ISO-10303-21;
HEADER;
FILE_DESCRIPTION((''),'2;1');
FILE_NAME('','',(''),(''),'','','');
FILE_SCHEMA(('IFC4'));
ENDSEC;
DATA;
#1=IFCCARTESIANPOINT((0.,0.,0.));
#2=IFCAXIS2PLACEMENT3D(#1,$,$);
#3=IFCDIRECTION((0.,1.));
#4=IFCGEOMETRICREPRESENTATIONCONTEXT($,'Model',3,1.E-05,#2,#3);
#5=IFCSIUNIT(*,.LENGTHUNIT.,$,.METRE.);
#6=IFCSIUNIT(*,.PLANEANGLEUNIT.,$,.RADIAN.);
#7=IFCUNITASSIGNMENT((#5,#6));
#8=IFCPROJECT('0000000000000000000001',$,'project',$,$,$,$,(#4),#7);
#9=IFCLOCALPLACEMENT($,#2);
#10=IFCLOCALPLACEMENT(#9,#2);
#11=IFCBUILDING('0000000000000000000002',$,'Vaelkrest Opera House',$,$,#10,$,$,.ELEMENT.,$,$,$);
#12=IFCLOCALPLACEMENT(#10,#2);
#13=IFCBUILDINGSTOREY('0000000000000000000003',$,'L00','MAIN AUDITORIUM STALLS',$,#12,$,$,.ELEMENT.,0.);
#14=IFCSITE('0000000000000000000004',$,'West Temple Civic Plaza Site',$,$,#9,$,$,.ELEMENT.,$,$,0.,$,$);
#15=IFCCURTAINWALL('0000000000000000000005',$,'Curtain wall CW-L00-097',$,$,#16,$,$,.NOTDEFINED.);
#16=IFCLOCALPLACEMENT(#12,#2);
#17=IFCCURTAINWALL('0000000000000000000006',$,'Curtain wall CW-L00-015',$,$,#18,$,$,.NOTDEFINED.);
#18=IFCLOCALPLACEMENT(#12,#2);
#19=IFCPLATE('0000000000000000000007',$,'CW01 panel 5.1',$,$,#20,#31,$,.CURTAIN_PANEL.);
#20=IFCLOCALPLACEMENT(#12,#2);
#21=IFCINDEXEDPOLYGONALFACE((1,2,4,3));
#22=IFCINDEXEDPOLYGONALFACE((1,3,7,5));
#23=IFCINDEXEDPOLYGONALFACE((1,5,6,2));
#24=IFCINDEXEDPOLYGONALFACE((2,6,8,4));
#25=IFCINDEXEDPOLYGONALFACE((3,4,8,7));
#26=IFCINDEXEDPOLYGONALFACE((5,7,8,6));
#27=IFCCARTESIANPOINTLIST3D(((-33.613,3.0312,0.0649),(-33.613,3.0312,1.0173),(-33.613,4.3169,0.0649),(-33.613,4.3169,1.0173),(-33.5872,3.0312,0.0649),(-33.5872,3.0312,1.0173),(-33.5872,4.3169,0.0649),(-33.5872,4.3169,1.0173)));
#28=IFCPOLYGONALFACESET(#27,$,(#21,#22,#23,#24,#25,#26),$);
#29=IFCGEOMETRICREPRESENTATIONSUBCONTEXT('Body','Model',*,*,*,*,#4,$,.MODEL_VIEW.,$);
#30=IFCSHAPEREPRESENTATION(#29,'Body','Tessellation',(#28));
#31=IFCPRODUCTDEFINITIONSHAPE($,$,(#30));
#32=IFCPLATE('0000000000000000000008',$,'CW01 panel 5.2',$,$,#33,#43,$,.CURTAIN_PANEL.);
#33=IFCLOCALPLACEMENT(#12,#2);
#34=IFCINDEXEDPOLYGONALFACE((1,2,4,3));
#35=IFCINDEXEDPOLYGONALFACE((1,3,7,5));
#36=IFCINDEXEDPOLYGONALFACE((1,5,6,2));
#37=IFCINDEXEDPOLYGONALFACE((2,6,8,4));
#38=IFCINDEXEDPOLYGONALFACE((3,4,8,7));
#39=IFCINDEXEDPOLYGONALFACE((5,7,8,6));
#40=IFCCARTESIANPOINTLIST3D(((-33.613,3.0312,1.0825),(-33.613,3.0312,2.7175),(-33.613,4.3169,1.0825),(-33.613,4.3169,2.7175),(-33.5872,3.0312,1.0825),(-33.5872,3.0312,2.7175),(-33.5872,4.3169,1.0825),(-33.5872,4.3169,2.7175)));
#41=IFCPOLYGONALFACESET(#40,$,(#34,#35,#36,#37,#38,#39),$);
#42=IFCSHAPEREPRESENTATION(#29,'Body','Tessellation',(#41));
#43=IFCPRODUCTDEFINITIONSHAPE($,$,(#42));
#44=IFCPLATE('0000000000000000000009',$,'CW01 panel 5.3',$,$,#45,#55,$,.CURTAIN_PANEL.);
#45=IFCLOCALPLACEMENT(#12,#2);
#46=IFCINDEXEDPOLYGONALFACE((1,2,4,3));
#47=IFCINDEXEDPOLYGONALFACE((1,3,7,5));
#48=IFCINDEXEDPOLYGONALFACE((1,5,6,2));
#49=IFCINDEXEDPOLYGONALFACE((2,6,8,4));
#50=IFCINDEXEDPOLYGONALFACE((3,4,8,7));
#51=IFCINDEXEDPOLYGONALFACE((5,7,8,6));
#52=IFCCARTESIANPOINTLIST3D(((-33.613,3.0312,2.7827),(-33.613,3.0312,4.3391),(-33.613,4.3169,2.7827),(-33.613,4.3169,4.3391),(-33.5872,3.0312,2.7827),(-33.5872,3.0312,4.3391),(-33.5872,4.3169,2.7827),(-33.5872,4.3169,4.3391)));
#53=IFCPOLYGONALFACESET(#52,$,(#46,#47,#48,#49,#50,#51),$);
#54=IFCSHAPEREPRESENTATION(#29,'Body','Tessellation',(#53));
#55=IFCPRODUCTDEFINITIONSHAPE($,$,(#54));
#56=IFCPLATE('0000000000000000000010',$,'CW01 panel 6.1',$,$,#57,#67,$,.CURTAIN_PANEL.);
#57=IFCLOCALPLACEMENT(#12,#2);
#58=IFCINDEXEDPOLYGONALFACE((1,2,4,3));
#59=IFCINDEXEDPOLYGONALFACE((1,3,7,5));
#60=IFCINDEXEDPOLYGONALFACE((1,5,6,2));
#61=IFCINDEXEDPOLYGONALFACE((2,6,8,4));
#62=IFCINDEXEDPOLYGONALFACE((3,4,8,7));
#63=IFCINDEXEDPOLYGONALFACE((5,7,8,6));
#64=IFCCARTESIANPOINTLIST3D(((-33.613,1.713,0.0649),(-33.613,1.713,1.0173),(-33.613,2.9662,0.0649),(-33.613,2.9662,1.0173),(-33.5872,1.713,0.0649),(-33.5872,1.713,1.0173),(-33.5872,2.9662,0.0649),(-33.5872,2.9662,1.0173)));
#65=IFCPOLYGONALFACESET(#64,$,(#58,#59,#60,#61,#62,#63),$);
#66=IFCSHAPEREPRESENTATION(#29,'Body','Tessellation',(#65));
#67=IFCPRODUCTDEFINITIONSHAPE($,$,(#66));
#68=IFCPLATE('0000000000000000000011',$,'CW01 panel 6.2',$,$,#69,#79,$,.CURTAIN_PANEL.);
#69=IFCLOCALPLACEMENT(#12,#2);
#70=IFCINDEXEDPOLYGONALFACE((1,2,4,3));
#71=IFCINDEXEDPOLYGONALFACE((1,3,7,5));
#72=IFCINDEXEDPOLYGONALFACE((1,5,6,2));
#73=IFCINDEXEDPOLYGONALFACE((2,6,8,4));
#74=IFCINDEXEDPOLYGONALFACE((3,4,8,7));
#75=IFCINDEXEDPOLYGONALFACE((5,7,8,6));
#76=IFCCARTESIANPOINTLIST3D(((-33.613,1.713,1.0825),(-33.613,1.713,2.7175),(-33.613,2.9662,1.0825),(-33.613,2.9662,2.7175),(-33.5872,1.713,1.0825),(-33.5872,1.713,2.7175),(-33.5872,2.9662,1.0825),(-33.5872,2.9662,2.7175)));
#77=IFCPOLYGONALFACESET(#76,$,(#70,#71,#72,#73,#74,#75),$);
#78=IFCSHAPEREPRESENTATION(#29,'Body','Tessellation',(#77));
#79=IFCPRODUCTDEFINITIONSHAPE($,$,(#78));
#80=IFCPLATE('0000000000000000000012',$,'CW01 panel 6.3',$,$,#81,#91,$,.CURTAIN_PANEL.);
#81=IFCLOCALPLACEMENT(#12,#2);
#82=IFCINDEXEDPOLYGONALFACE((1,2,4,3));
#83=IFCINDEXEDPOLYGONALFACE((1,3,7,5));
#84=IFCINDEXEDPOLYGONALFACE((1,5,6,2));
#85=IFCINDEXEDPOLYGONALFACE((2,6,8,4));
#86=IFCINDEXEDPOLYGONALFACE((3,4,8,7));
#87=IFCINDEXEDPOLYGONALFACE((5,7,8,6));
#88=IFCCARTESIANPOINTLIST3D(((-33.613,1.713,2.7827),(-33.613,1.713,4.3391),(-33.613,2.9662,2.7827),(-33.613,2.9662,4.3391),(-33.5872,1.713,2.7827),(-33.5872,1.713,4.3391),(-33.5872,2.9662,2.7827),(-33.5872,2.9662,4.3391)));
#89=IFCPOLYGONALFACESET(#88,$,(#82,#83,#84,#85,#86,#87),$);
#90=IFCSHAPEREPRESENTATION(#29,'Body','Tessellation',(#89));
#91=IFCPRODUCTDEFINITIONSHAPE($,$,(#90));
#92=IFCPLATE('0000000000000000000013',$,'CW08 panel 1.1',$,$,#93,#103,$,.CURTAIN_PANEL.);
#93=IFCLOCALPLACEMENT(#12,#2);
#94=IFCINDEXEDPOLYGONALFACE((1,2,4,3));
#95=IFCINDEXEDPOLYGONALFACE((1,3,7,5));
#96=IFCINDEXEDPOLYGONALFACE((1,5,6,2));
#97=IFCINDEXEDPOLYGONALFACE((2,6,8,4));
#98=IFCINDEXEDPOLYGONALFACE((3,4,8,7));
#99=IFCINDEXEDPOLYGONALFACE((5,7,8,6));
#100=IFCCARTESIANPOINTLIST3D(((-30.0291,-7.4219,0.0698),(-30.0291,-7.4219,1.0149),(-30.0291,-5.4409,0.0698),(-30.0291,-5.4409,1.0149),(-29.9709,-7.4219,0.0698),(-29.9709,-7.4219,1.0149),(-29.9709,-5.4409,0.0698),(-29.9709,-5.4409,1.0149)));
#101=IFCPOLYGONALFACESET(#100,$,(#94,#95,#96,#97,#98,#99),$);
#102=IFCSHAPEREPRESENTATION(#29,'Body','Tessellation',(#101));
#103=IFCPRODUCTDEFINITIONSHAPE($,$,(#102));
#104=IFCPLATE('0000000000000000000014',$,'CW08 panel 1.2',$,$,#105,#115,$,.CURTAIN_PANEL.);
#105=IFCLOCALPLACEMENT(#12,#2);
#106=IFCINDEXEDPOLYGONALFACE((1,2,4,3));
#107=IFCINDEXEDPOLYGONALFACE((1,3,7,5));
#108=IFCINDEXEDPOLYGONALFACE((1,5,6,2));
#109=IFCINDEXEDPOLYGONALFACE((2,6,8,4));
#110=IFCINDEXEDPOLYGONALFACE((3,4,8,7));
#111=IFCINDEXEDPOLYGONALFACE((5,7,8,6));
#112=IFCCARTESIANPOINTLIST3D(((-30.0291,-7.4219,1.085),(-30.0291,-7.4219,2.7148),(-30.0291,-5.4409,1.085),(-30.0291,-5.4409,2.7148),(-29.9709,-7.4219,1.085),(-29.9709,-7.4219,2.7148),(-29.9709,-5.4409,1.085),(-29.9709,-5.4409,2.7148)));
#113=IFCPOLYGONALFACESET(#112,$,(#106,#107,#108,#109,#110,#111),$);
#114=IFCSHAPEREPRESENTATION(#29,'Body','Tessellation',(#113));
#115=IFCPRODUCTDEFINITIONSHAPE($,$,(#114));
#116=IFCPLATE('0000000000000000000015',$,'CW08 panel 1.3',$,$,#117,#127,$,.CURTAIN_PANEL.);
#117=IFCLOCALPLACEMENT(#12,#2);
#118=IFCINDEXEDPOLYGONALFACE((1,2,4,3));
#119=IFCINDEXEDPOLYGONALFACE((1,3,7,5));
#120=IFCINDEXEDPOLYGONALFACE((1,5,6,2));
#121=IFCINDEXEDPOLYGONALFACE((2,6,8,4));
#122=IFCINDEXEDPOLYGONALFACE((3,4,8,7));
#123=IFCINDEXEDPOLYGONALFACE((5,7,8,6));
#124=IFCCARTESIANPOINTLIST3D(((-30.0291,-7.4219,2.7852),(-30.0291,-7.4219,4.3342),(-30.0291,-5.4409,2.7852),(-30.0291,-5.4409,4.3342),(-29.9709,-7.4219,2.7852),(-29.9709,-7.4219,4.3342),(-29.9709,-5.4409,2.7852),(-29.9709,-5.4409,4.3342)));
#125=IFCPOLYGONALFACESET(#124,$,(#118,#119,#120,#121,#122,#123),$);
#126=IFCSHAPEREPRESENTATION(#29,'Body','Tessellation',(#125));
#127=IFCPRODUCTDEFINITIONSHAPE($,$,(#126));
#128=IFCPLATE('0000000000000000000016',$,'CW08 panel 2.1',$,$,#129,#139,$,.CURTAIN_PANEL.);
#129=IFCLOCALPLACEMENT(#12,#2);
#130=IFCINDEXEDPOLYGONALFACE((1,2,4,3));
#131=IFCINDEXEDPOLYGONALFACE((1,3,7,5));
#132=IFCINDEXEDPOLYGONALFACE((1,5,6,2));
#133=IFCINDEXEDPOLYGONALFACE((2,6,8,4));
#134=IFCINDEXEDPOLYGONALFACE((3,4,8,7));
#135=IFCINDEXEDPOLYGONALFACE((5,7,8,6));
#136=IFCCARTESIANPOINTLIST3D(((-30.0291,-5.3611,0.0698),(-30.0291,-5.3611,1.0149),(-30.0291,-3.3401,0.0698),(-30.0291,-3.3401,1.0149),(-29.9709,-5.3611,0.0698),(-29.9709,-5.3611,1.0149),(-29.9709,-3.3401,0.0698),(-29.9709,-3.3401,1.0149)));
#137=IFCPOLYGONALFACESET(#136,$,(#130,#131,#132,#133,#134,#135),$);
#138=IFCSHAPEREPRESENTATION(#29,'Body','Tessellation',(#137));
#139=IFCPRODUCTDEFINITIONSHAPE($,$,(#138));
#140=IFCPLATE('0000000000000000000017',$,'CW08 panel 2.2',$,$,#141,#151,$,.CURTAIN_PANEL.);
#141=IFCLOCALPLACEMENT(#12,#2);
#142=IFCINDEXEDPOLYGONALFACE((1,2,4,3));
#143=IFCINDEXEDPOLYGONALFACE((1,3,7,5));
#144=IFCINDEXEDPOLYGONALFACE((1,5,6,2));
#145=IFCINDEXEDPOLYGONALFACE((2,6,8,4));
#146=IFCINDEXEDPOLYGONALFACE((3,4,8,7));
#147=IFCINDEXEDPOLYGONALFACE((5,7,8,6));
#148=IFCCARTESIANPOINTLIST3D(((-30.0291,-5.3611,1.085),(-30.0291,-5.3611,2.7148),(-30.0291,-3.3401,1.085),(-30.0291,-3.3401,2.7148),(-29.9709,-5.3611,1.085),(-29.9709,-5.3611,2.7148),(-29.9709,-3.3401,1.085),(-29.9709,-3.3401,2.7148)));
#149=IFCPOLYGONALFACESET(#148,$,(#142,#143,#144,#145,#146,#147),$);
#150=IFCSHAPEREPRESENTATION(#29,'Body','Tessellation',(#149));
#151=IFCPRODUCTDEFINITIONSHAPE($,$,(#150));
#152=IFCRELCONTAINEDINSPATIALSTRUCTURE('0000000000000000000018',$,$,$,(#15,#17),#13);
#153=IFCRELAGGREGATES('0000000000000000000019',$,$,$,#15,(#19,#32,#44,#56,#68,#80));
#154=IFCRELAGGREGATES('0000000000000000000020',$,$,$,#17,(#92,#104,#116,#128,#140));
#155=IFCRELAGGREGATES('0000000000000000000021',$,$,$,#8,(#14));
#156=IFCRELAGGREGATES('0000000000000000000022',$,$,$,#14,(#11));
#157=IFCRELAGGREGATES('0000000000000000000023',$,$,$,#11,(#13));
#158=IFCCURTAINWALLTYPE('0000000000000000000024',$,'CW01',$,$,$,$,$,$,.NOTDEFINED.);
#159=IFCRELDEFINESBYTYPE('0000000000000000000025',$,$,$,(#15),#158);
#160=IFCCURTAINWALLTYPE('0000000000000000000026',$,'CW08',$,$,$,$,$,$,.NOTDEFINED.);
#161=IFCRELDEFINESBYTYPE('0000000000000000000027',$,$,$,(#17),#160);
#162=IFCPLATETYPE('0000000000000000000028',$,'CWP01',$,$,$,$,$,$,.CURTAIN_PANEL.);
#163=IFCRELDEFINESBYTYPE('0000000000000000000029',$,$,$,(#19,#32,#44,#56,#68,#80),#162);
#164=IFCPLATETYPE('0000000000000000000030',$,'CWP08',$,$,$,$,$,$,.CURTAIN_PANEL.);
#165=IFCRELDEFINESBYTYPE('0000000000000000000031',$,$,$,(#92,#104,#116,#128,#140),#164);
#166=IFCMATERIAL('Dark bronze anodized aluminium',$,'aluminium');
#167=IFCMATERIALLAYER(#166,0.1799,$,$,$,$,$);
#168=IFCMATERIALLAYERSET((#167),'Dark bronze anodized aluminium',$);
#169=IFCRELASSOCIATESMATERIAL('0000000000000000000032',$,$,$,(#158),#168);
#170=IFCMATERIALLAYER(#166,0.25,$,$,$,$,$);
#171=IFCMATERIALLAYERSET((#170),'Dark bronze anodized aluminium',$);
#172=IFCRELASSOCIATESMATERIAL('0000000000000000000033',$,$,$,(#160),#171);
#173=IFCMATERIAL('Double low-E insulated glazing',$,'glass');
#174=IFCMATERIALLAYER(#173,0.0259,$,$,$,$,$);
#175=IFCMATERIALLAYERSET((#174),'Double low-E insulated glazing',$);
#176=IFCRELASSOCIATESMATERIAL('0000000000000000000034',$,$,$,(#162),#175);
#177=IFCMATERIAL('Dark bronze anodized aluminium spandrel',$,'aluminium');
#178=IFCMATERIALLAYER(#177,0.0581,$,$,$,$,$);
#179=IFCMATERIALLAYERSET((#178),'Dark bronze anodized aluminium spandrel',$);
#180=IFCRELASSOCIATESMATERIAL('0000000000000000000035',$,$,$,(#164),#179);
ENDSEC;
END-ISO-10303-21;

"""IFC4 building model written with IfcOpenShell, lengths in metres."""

from ifc_helpers import new_model, si_unit, direction, frame, origin, origin_2d, place, context, subcontext, project, spatial, rectangle, extrude, material, layer, layer_set, type_object, element, aggregate, save


model = new_model("IFC4")

# Units and contexts
model_context = context("Model", 3, precision=1e-05, world=origin(), true_north=direction((0.0, 1.0)))
body_context = subcontext(model_context, "Body", "Model", "MODEL_VIEW")
ifc_project = project(units=[si_unit("LENGTHUNIT", "METRE"), si_unit("PLANEANGLEUNIT", "RADIAN")], contexts=[model_context])

# Site, building, storey
site_placement = place(None, origin())
site = spatial("IfcSite", under=ifc_project, at=site_placement, Name="West Temple Civic Plaza Site", CompositionType="ELEMENT", RefElevation=0.0)
building_placement = place(site_placement, origin())
building = spatial("IfcBuilding", under=site, at=building_placement, Name="Vaelkrest Opera House", CompositionType="ELEMENT")
storey_placement = place(building_placement, origin())
storey = spatial("IfcBuildingStorey", under=building, at=storey_placement, Name="L00", Description="MAIN AUDITORIUM STALLS", CompositionType="ELEMENT", Elevation=0.0)

# Curtain wall
ifc_material_1 = material(Name="Dark bronze anodized aluminium", Category="aluminium")
ifc_layer_1 = layer(ifc_material_1, 0.1799)
ifc_layer_set_1 = layer_set([ifc_layer_1], Name="Dark bronze anodized aluminium")
curtain_wall_type_1 = type_object("IfcCurtainWallType", Name="CW01", PredefinedType="NOTDEFINED", material=ifc_layer_set_1)
curtain_wall_1_placement = place(storey_placement, origin())
curtain_wall_1 = element("IfcCurtainWall", 1, at=curtain_wall_1_placement, inside=storey, type_object=curtain_wall_type_1, Name="Curtain wall CW-L00-097", PredefinedType="NOTDEFINED")

# Curtain wall
ifc_layer_2 = layer(ifc_material_1, 0.25)
ifc_layer_set_2 = layer_set([ifc_layer_2], Name="Dark bronze anodized aluminium")
curtain_wall_type_2 = type_object("IfcCurtainWallType", Name="CW08", PredefinedType="NOTDEFINED", material=ifc_layer_set_2)
curtain_wall_2_placement = place(storey_placement, origin())
curtain_wall_2 = element("IfcCurtainWall", 2, at=curtain_wall_2_placement, inside=storey, type_object=curtain_wall_type_2, Name="Curtain wall CW-L00-015", PredefinedType="NOTDEFINED")

# Plates
ifc_material_2 = material(Name="Double low-E insulated glazing", Category="glass")
ifc_layer_3 = layer(ifc_material_2, 0.0259)
ifc_layer_set_3 = layer_set([ifc_layer_3], Name="Double low-E insulated glazing")
plate_type_1 = type_object("IfcPlateType", Name="CWP01", PredefinedType="CURTAIN_PANEL", material=ifc_layer_set_3)
plate_1_placement = place(storey_placement, frame((-33.6001, 3.6741, 0.0649), z_axis=(0.0, 0.0, 1.0), x_axis=(0.0, -1.0, 0.0)))
plate_1 = element("IfcPlate", 3, at=plate_1_placement, type_object=plate_type_1, Name="CW01 panel 5.1", PredefinedType="CURTAIN_PANEL", context=body_context, shape_type="SweptSolid", body=[
    extrude(rectangle(XDim=1.2856, YDim=0.0259, at=origin_2d()), origin(), (0.0, 0.0, 1.0), 0.9524),
])
plate_2_placement = place(storey_placement, frame((-33.6001, 3.6741, 1.0825), z_axis=(0.0, 0.0, 1.0), x_axis=(0.0, -1.0, 0.0)))
plate_2 = element("IfcPlate", 4, at=plate_2_placement, type_object=plate_type_1, Name="CW01 panel 5.2", PredefinedType="CURTAIN_PANEL", context=body_context, shape_type="SweptSolid", body=[
    extrude(rectangle(XDim=1.2856, YDim=0.0259, at=origin_2d()), origin(), (0.0, 0.0, 1.0), 1.635),
])
plate_3_placement = place(storey_placement, frame((-33.6001, 3.6741, 2.7827), z_axis=(0.0, 0.0, 1.0), x_axis=(0.0, -1.0, 0.0)))
plate_3 = element("IfcPlate", 5, at=plate_3_placement, type_object=plate_type_1, Name="CW01 panel 5.3", PredefinedType="CURTAIN_PANEL", context=body_context, shape_type="SweptSolid", body=[
    extrude(rectangle(XDim=1.2856, YDim=0.0259, at=origin_2d()), origin(), (0.0, 0.0, 1.0), 1.5564),
])
plate_4_placement = place(storey_placement, frame((-33.6001, 2.3396, 0.0649), z_axis=(0.0, 0.0, 1.0), x_axis=(0.0, -1.0, 0.0)))
plate_4 = element("IfcPlate", 6, at=plate_4_placement, type_object=plate_type_1, Name="CW01 panel 6.1", PredefinedType="CURTAIN_PANEL", context=body_context, shape_type="SweptSolid", body=[
    extrude(rectangle(XDim=1.2532, YDim=0.0259, at=origin_2d()), origin(), (0.0, 0.0, 1.0), 0.9524),
])
plate_5_placement = place(storey_placement, frame((-33.6001, 2.3396, 1.0825), z_axis=(0.0, 0.0, 1.0), x_axis=(0.0, -1.0, 0.0)))
plate_5 = element("IfcPlate", 7, at=plate_5_placement, type_object=plate_type_1, Name="CW01 panel 6.2", PredefinedType="CURTAIN_PANEL", context=body_context, shape_type="SweptSolid", body=[
    extrude(rectangle(XDim=1.2532, YDim=0.0259, at=origin_2d()), origin(), (0.0, 0.0, 1.0), 1.635),
])
plate_6_placement = place(storey_placement, frame((-33.6001, 2.3396, 2.7827), z_axis=(0.0, 0.0, 1.0), x_axis=(0.0, -1.0, 0.0)))
plate_6 = element("IfcPlate", 8, at=plate_6_placement, type_object=plate_type_1, Name="CW01 panel 6.3", PredefinedType="CURTAIN_PANEL", context=body_context, shape_type="SweptSolid", body=[
    extrude(rectangle(XDim=1.2532, YDim=0.0259, at=origin_2d()), origin(), (0.0, 0.0, 1.0), 1.5564),
])
aggregate(curtain_wall_1, [plate_1, plate_2, plate_3, plate_4, plate_5, plate_6])
ifc_material_3 = material(Name="Dark bronze anodized aluminium spandrel", Category="aluminium")
ifc_layer_4 = layer(ifc_material_3, 0.0581)
ifc_layer_set_4 = layer_set([ifc_layer_4], Name="Dark bronze anodized aluminium spandrel")
plate_type_2 = type_object("IfcPlateType", Name="CWP08", PredefinedType="CURTAIN_PANEL", material=ifc_layer_set_4)
plate_7_placement = place(storey_placement, frame((-30.0, -6.4314, 0.0698), z_axis=(0.0, 0.0, 1.0), x_axis=(0.0, 1.0, 0.0)))
plate_7 = element("IfcPlate", 9, at=plate_7_placement, type_object=plate_type_2, Name="CW08 panel 1.1", PredefinedType="CURTAIN_PANEL", context=body_context, shape_type="SweptSolid", body=[
    extrude(rectangle(XDim=1.981, YDim=0.0581, at=origin_2d()), origin(), (0.0, 0.0, 1.0), 0.9451),
])
plate_8_placement = place(storey_placement, frame((-30.0, -6.4314, 1.085), z_axis=(0.0, 0.0, 1.0), x_axis=(0.0, 1.0, 0.0)))
plate_8 = element("IfcPlate", 10, at=plate_8_placement, type_object=plate_type_2, Name="CW08 panel 1.2", PredefinedType="CURTAIN_PANEL", context=body_context, shape_type="SweptSolid", body=[
    extrude(rectangle(XDim=1.981, YDim=0.0581, at=origin_2d()), origin(), (0.0, 0.0, 1.0), 1.6299),
])
plate_9_placement = place(storey_placement, frame((-30.0, -6.4314, 2.7852), z_axis=(0.0, 0.0, 1.0), x_axis=(0.0, 1.0, 0.0)))
plate_9 = element("IfcPlate", 11, at=plate_9_placement, type_object=plate_type_2, Name="CW08 panel 1.3", PredefinedType="CURTAIN_PANEL", context=body_context, shape_type="SweptSolid", body=[
    extrude(rectangle(XDim=1.981, YDim=0.0581, at=origin_2d()), origin(), (0.0, 0.0, 1.0), 1.5491),
])
plate_10_placement = place(storey_placement, frame((-30.0, -4.3506, 0.0698), z_axis=(0.0, 0.0, 1.0), x_axis=(0.0, 1.0, 0.0)))
plate_10 = element("IfcPlate", 12, at=plate_10_placement, type_object=plate_type_2, Name="CW08 panel 2.1", PredefinedType="CURTAIN_PANEL", context=body_context, shape_type="SweptSolid", body=[
    extrude(rectangle(XDim=2.021, YDim=0.0581, at=origin_2d()), origin(), (0.0, 0.0, 1.0), 0.9451),
])
plate_11_placement = place(storey_placement, frame((-30.0, -4.3506, 1.085), z_axis=(0.0, 0.0, 1.0), x_axis=(0.0, 1.0, 0.0)))
plate_11 = element("IfcPlate", 13, at=plate_11_placement, type_object=plate_type_2, Name="CW08 panel 2.2", PredefinedType="CURTAIN_PANEL", context=body_context, shape_type="SweptSolid", body=[
    extrude(rectangle(XDim=2.021, YDim=0.0581, at=origin_2d()), origin(), (0.0, 0.0, 1.0), 1.6299),
])
aggregate(curtain_wall_2, [plate_7, plate_8, plate_9, plate_10, plate_11])

save(model, "model.ifc")
